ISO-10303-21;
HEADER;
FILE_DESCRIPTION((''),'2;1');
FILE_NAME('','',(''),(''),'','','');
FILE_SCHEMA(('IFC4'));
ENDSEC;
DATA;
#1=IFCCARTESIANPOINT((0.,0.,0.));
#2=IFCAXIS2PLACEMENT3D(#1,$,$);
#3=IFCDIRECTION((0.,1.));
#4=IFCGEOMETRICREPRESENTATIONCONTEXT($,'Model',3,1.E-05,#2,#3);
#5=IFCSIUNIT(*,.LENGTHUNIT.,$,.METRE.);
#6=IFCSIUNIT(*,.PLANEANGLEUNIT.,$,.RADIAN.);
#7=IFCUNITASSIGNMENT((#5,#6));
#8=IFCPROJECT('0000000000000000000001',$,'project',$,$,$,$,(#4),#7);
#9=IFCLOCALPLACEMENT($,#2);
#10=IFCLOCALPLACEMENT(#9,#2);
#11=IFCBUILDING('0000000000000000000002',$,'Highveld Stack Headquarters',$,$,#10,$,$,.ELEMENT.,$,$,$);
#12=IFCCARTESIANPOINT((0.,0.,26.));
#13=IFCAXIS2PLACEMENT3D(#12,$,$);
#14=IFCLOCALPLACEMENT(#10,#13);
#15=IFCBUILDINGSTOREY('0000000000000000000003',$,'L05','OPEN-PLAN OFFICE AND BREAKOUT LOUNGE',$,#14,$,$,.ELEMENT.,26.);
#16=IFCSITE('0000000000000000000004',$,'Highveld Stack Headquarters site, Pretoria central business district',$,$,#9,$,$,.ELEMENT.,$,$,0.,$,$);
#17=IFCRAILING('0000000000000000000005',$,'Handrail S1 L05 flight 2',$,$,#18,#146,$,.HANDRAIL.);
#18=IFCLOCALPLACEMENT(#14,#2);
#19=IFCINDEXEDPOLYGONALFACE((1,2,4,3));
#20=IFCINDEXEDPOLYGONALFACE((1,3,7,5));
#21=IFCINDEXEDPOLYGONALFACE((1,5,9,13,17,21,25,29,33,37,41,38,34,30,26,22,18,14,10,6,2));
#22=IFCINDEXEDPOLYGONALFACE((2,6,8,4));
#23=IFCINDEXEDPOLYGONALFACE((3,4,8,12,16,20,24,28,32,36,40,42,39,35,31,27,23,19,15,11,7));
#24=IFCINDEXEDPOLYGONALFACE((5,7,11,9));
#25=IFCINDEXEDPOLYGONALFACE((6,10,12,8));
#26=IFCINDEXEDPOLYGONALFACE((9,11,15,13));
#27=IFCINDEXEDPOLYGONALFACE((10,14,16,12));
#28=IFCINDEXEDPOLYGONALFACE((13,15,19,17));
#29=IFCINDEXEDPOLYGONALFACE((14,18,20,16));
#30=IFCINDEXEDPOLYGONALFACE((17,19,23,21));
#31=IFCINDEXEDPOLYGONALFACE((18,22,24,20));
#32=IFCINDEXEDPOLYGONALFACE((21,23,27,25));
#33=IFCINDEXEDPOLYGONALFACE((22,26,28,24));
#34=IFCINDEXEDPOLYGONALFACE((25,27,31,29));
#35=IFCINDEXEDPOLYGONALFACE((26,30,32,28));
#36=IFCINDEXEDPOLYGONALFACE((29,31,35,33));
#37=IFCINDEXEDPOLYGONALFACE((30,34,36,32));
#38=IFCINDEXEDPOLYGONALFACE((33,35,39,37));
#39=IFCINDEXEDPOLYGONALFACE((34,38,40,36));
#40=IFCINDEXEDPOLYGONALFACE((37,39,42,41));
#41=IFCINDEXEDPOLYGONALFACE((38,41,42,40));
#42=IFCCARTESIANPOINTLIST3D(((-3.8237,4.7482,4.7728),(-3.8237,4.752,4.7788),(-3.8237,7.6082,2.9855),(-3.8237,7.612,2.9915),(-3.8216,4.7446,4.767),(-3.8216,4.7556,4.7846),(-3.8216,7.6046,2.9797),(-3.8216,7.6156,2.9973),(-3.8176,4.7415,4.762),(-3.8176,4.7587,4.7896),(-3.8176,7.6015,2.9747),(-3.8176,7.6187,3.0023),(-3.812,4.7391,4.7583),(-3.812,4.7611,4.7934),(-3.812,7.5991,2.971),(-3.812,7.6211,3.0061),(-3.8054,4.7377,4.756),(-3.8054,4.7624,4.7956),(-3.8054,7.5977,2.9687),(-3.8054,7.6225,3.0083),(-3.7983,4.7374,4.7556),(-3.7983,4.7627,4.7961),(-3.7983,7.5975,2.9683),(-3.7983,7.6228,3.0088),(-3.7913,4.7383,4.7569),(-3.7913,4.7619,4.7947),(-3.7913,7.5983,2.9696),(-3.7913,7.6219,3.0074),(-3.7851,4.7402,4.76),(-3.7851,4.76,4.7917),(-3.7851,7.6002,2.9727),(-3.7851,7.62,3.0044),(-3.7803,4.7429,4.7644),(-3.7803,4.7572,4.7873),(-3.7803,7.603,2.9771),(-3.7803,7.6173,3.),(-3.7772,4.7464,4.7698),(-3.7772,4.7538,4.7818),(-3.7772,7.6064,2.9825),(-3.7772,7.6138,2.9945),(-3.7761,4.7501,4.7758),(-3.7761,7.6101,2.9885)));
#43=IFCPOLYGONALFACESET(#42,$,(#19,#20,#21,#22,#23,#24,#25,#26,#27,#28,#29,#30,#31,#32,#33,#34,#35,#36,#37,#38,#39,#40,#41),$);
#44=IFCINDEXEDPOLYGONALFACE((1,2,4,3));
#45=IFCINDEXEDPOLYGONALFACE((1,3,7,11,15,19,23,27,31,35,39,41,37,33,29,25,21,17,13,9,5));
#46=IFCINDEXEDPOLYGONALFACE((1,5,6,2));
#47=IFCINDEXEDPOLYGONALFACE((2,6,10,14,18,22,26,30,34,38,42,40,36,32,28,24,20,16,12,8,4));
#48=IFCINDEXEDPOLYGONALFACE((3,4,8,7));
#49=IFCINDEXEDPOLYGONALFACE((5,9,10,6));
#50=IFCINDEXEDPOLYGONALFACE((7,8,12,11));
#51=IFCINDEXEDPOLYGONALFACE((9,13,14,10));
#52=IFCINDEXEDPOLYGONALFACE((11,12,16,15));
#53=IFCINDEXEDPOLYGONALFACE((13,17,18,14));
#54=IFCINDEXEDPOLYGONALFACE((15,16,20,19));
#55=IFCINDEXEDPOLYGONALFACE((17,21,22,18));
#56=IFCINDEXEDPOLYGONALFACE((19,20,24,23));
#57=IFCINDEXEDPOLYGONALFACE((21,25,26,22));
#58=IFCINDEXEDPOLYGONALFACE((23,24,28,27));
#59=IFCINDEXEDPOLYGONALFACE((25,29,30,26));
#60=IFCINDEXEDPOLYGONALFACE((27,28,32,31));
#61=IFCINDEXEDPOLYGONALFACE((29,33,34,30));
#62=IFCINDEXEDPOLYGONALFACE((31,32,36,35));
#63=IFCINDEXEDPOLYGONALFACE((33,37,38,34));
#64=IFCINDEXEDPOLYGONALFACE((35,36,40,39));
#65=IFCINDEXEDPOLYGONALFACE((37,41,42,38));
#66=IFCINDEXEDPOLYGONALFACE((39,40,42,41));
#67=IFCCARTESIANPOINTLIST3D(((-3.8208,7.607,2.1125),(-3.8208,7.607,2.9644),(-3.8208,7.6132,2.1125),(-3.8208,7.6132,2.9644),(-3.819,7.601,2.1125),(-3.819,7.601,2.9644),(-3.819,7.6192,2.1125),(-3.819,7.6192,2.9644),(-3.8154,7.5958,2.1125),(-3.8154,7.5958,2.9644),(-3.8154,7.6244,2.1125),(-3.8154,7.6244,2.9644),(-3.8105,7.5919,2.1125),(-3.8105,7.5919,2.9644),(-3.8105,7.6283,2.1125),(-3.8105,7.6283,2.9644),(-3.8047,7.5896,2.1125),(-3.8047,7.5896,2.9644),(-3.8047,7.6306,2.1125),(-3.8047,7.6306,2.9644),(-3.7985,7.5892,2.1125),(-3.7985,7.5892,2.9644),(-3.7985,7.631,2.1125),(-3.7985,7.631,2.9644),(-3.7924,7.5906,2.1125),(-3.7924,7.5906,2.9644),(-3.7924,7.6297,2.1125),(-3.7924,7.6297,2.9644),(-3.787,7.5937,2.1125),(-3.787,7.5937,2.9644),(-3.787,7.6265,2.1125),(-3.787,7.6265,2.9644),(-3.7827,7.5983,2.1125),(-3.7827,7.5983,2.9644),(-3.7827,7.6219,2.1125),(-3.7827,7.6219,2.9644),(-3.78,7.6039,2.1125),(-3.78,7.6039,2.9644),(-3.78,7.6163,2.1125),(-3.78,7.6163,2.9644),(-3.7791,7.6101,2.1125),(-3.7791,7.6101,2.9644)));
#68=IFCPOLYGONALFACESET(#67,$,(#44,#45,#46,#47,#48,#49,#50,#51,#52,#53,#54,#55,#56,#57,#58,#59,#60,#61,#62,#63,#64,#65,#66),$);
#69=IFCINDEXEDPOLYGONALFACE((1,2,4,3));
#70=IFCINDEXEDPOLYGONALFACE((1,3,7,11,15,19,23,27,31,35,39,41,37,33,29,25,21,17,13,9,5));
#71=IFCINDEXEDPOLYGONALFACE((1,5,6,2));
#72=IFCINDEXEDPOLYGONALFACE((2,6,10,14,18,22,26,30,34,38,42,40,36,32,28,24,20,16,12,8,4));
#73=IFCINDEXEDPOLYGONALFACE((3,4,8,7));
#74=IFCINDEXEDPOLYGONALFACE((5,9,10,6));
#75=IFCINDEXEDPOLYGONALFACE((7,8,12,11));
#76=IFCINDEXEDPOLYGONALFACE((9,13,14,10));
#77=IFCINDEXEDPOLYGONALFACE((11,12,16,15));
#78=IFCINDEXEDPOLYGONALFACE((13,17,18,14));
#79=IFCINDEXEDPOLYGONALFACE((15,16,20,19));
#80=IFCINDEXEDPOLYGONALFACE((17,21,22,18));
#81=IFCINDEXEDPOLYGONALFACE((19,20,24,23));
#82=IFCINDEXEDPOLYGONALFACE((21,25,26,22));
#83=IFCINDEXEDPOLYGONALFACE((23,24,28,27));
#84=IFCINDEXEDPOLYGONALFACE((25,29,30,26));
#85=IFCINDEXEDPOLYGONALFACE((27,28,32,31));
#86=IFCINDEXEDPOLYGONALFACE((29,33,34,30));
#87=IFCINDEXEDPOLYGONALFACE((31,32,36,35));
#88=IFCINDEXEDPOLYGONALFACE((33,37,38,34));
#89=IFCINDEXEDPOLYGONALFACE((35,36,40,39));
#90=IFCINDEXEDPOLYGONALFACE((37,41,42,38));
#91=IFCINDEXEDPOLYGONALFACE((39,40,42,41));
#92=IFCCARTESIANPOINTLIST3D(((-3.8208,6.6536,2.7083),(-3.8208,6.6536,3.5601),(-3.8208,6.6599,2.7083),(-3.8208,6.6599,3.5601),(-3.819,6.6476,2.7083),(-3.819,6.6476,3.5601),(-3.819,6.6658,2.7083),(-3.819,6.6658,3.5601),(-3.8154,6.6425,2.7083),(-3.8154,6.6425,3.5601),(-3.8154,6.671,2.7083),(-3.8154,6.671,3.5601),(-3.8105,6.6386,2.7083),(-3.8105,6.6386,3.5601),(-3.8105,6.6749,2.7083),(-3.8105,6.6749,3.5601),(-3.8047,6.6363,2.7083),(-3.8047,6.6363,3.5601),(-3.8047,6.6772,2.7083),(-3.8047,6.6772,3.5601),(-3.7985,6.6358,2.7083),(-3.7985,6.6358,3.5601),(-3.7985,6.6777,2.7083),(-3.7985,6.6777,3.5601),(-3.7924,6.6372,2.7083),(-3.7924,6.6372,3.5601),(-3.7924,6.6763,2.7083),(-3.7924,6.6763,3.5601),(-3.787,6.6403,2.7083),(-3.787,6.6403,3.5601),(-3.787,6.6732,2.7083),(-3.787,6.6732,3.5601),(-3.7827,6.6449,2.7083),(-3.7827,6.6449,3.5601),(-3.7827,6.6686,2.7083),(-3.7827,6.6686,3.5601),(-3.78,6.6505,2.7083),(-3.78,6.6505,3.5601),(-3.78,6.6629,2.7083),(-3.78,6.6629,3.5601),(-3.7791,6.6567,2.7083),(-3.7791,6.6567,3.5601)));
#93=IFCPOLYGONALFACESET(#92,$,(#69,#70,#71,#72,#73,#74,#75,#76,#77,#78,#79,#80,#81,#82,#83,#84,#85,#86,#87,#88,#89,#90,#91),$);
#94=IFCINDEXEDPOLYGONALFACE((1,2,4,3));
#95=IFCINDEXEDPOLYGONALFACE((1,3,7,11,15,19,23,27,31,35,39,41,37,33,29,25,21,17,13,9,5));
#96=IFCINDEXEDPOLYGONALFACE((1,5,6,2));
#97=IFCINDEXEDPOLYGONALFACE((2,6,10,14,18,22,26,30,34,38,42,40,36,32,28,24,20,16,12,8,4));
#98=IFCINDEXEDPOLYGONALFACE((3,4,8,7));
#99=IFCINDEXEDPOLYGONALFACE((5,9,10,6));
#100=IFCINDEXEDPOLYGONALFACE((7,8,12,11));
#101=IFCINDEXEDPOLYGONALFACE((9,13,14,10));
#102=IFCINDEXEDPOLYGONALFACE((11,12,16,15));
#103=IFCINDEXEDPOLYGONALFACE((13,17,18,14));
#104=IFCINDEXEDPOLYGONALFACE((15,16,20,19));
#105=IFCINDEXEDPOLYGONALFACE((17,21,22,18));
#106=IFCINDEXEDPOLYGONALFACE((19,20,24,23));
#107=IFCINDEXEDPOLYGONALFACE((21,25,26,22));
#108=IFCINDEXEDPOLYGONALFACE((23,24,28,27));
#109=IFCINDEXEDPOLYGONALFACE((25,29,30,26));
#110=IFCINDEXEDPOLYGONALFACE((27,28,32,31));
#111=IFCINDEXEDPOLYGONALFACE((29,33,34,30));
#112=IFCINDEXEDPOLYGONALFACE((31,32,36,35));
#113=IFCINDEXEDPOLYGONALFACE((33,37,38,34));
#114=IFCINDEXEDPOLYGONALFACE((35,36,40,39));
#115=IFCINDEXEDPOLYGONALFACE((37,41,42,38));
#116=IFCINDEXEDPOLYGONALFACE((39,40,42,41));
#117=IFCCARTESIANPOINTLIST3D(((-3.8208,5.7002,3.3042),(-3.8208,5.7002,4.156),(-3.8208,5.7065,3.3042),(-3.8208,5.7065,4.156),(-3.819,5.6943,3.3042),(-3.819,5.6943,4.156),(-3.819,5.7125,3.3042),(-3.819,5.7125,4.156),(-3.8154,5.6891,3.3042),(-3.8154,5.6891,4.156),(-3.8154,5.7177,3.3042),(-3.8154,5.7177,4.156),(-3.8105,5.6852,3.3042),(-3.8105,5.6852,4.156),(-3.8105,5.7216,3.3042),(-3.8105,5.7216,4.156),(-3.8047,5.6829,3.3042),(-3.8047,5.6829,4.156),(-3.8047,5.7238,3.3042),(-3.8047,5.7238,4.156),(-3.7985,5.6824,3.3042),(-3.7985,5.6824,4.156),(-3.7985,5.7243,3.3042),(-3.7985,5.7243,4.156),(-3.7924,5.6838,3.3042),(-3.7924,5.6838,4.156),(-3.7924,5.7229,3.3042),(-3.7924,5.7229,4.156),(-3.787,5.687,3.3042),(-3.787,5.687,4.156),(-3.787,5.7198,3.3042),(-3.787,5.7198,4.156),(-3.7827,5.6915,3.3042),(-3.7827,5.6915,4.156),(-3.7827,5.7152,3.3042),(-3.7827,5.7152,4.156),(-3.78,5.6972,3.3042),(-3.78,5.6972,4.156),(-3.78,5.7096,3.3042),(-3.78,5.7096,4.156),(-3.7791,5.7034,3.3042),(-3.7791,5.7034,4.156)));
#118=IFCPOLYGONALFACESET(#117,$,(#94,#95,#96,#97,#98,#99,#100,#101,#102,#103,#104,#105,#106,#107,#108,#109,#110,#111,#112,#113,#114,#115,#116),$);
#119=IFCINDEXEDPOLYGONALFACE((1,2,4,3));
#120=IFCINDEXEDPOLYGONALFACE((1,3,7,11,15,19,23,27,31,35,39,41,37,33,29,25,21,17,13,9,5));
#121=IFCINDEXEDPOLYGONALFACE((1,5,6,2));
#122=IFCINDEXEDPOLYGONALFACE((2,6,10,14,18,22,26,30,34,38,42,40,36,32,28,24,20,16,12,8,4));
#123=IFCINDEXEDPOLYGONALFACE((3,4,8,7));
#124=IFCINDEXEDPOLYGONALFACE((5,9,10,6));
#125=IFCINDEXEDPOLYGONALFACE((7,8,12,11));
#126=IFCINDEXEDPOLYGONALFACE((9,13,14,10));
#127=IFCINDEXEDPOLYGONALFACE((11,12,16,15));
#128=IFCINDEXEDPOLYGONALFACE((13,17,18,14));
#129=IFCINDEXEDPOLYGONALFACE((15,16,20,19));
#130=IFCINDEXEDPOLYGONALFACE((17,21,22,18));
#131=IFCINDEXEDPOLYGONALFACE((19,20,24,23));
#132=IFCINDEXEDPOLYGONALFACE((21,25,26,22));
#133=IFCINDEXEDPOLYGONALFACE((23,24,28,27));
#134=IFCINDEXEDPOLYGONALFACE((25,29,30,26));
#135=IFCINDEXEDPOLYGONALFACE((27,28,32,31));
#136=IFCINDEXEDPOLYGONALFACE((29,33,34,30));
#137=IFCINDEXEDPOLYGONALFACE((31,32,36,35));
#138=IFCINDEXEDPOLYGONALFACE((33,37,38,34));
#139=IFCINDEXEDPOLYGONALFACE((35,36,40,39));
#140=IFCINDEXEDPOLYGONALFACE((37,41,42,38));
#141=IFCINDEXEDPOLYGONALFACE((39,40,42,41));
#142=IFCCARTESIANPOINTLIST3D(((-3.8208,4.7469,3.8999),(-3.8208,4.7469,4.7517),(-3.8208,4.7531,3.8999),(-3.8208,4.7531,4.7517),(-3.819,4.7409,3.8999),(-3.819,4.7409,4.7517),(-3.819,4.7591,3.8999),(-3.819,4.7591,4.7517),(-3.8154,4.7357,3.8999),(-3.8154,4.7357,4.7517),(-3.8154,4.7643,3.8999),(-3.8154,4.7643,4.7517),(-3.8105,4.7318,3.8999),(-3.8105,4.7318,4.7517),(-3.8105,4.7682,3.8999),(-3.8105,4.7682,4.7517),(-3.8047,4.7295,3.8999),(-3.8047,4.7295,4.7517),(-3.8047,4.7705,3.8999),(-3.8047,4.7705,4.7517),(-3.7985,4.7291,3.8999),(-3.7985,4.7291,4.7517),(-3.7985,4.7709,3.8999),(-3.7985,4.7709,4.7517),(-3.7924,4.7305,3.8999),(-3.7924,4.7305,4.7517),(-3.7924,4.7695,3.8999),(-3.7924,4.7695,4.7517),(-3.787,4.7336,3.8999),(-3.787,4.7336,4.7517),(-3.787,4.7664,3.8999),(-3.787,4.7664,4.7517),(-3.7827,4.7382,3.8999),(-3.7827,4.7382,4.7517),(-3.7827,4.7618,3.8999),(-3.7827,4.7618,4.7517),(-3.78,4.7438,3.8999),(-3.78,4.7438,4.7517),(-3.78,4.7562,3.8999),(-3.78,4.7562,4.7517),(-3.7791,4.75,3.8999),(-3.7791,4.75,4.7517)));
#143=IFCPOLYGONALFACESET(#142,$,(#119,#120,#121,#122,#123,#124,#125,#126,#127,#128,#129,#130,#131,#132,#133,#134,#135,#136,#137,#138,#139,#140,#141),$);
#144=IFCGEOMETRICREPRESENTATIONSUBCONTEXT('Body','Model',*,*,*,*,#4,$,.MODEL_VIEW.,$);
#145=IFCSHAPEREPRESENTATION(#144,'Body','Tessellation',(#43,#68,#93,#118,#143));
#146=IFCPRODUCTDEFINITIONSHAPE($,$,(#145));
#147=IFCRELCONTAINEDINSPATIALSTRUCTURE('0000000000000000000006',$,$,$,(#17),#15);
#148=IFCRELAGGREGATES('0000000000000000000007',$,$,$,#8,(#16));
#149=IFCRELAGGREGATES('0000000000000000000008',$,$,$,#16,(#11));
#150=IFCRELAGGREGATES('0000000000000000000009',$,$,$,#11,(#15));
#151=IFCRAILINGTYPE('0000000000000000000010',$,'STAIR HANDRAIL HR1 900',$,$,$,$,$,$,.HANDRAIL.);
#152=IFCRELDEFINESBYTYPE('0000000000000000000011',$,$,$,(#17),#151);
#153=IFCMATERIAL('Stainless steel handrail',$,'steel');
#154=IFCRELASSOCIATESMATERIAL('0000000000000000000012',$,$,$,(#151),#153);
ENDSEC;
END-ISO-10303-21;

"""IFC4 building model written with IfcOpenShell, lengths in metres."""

from ifc_helpers import new_model, si_unit, direction, frame, origin, origin_2d, place, context, subcontext, project, spatial, circle, extrude, material, type_object, element, save


model = new_model("IFC4")

# Units and contexts
model_context = context("Model", 3, precision=1e-05, world=origin(), true_north=direction((0.0, 1.0)))
body_context = subcontext(model_context, "Body", "Model", "MODEL_VIEW")
ifc_project = project(units=[si_unit("LENGTHUNIT", "METRE"), si_unit("PLANEANGLEUNIT", "RADIAN")], contexts=[model_context])

# Site, building, storey
site_placement = place(None, origin())
site = spatial("IfcSite", under=ifc_project, at=site_placement, Name="Highveld Stack Headquarters site, Pretoria central business district", CompositionType="ELEMENT", RefElevation=0.0)
building_placement = place(site_placement, origin())
building = spatial("IfcBuilding", under=site, at=building_placement, Name="Highveld Stack Headquarters", CompositionType="ELEMENT")
storey_placement = place(building_placement, frame((0.0, 0.0, 26.0)))
storey = spatial("IfcBuildingStorey", under=building, at=storey_placement, Name="L05", Description="OPEN-PLAN OFFICE AND BREAKOUT LOUNGE", CompositionType="ELEMENT", Elevation=26.0)

# Railing
ifc_material_1 = material(Name="Stainless steel handrail", Category="steel")
railing_type = type_object("IfcRailingType", Name="STAIR HANDRAIL HR1 900", PredefinedType="HANDRAIL", material=ifc_material_1)
for number, where, name in (
    (1, (-3.8, 7.6101, 2.1125), "Handrail S1 L05 flight 2"),
):
    element("IfcRailing", number, at=place(storey_placement, frame(where)), inside=storey, type_object=railing_type, Name=name, PredefinedType="HANDRAIL", context=body_context, shape_type="SweptSolid", body=[
        extrude(circle(Radius=0.0239, at=origin_2d()), frame((0.0, 0.0, 0.876), z_axis=(0.0, -0.848027, 0.529953), x_axis=(1.0, 0.0, 0.0)), (0.0, 0.0, 1.0), 3.3726),
        extrude(circle(Radius=0.021, at=origin_2d()), origin(), (0.0, 0.0, 1.0), 0.8518),
        extrude(circle(Radius=0.021, at=origin_2d()), frame((0.0, -0.9534, 0.5957)), (0.0, 0.0, 1.0), 0.8518),
        extrude(circle(Radius=0.021, at=origin_2d()), frame((0.0, -1.9067, 1.1917)), (0.0, 0.0, 1.0), 0.8518),
        extrude(circle(Radius=0.021, at=origin_2d()), frame((0.0, -2.8601, 1.7874)), (0.0, 0.0, 1.0), 0.8518),
    ])

save(model, "model.ifc")
